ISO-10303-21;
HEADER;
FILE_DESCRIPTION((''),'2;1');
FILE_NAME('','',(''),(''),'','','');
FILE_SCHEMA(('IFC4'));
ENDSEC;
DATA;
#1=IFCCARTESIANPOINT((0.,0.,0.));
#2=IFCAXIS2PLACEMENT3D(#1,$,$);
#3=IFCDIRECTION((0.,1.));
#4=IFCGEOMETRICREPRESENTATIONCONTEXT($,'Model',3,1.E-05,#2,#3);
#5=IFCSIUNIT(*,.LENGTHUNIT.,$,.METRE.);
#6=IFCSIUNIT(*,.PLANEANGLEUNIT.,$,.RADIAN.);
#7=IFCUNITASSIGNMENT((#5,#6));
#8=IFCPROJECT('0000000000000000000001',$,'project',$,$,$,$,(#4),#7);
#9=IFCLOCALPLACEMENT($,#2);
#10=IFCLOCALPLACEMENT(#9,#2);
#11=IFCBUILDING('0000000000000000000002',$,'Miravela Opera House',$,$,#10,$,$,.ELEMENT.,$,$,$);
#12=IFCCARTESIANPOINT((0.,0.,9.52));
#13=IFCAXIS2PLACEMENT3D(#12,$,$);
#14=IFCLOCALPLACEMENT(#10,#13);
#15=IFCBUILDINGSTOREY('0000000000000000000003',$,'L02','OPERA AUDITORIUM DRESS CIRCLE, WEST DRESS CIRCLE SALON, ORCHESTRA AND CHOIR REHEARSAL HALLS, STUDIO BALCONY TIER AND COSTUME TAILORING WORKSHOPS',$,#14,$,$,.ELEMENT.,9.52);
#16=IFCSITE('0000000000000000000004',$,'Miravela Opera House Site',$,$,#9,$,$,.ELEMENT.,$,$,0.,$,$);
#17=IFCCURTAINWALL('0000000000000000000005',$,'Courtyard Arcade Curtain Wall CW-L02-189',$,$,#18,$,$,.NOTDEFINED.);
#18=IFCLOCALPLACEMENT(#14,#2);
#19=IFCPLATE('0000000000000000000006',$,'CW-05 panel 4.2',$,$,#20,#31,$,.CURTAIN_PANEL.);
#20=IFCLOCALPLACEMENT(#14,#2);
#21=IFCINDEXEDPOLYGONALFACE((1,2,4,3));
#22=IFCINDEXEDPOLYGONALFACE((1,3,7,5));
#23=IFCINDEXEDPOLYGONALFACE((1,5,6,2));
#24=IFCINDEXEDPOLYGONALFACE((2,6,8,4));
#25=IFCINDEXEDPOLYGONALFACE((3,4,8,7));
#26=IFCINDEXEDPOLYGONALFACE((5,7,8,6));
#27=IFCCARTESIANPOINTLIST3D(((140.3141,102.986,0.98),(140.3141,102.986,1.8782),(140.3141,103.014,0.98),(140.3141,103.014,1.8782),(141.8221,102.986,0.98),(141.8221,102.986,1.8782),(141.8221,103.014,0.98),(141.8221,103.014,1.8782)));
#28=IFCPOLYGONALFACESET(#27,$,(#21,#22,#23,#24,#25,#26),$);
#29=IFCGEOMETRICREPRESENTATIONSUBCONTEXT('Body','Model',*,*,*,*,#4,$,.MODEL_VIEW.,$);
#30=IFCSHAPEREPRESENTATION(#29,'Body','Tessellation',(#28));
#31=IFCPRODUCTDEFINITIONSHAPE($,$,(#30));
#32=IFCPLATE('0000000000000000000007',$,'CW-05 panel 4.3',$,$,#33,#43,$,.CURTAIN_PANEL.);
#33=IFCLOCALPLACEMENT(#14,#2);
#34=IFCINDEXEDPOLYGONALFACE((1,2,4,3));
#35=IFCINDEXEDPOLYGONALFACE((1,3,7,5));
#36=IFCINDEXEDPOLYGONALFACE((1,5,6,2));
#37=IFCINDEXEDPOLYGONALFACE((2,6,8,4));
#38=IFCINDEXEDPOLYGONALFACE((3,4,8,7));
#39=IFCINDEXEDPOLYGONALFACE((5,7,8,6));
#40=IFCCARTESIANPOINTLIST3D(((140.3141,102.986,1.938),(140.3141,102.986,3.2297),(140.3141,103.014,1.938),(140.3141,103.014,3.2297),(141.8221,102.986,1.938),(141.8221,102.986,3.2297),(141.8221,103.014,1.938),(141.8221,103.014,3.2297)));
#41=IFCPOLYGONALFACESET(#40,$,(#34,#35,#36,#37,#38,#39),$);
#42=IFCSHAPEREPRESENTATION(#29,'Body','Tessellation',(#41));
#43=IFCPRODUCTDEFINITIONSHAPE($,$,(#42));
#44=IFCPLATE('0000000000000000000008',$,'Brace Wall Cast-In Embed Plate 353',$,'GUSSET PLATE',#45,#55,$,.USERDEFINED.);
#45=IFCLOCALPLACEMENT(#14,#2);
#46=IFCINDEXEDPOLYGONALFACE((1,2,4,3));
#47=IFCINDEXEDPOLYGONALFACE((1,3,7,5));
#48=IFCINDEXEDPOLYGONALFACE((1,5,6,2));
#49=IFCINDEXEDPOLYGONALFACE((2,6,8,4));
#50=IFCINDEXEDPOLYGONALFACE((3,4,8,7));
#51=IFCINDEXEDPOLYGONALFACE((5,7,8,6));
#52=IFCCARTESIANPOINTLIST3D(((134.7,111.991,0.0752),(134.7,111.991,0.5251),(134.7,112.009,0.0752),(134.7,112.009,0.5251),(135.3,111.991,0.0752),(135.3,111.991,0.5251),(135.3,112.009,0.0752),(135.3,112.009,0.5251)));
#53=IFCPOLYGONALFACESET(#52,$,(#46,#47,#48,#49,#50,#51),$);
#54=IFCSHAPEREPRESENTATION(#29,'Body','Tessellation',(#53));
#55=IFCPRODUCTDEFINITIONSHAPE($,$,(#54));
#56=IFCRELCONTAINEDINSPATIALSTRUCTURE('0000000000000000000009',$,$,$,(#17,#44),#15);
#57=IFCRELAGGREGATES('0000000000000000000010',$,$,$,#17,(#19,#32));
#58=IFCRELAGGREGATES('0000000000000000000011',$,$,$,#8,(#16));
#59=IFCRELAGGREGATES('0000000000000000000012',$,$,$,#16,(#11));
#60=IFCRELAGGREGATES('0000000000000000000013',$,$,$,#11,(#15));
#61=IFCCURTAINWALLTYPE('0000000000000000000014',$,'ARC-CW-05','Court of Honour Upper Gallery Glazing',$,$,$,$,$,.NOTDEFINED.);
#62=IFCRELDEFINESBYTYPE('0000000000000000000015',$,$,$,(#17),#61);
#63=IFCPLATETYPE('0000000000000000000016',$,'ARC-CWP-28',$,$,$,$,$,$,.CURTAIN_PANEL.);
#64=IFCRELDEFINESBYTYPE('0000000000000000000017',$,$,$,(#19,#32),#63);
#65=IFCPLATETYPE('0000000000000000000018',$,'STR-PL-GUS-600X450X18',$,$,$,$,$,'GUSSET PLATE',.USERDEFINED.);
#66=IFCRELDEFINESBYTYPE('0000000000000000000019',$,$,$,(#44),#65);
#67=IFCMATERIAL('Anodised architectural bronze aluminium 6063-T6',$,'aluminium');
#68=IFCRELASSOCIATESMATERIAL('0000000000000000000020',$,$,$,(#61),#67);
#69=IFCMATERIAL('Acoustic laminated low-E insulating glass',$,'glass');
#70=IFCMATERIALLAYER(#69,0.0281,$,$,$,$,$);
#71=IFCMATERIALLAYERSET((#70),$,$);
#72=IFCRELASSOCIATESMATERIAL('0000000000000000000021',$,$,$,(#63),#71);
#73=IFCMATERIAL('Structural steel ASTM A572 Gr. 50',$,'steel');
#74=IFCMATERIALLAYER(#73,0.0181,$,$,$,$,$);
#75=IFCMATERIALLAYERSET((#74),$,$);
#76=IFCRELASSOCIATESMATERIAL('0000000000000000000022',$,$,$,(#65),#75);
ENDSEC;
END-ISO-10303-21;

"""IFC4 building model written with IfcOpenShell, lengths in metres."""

from ifc_helpers import new_model, si_unit, direction, frame, origin, origin_2d, place, context, subcontext, project, spatial, rectangle, extrude, material, layer, layer_set, type_object, element, aggregate, save


model = new_model("IFC4")

# Units and contexts
model_context = context("Model", 3, precision=1e-05, world=origin(), true_north=direction((0.0, 1.0)))
body_context = subcontext(model_context, "Body", "Model", "MODEL_VIEW")
ifc_project = project(units=[si_unit("LENGTHUNIT", "METRE"), si_unit("PLANEANGLEUNIT", "RADIAN")], contexts=[model_context])

# Site, building, storey
site_placement = place(None, origin())
site = spatial("IfcSite", under=ifc_project, at=site_placement, Name="Miravela Opera House Site", CompositionType="ELEMENT", RefElevation=0.0)
building_placement = place(site_placement, origin())
building = spatial("IfcBuilding", under=site, at=building_placement, Name="Miravela Opera House", CompositionType="ELEMENT")
storey_placement = place(building_placement, frame((0.0, 0.0, 9.52)))
storey = spatial("IfcBuildingStorey", under=building, at=storey_placement, Name="L02", Description="OPERA AUDITORIUM DRESS CIRCLE, WEST DRESS CIRCLE SALON, ORCHESTRA AND CHOIR REHEARSAL HALLS, STUDIO BALCONY TIER AND COSTUME TAILORING WORKSHOPS", CompositionType="ELEMENT", Elevation=9.52)

# Curtain wall
ifc_material_1 = material(Name="Anodised architectural bronze aluminium 6063-T6", Category="aluminium")
curtain_wall_type = type_object("IfcCurtainWallType", Name="ARC-CW-05", Description="Court of Honour Upper Gallery Glazing", PredefinedType="NOTDEFINED", material=ifc_material_1)
curtain_wall_placement = place(storey_placement, origin())
curtain_wall = element("IfcCurtainWall", 1, at=curtain_wall_placement, inside=storey, type_object=curtain_wall_type, Name="Courtyard Arcade Curtain Wall CW-L02-189", PredefinedType="NOTDEFINED")

# Plates
ifc_material_2 = material(Name="Acoustic laminated low-E insulating glass", Category="glass")
ifc_layer_1 = layer(ifc_material_2, 0.0281)
ifc_layer_set_1 = layer_set([ifc_layer_1])
plate_type_1 = type_object("IfcPlateType", Name="ARC-CWP-28", PredefinedType="CURTAIN_PANEL", material=ifc_layer_set_1)
plate_1_placement = place(storey_placement, frame((141.0681, 103.0, 0.98), z_axis=(0.0, 0.0, 1.0), x_axis=(1.0, 0.0, 0.0)))
plate_1 = element("IfcPlate", 2, at=plate_1_placement, type_object=plate_type_1, Name="CW-05 panel 4.2", PredefinedType="CURTAIN_PANEL", context=body_context, shape_type="SweptSolid", body=[
    extrude(rectangle(XDim=1.5081, YDim=0.0281, at=origin_2d()), origin(), (0.0, 0.0, 1.0), 0.8982),
])
plate_2_placement = place(storey_placement, frame((141.0681, 103.0, 1.938), z_axis=(0.0, 0.0, 1.0), x_axis=(1.0, 0.0, 0.0)))
plate_2 = element("IfcPlate", 3, at=plate_2_placement, type_object=plate_type_1, Name="CW-05 panel 4.3", PredefinedType="CURTAIN_PANEL", context=body_context, shape_type="SweptSolid", body=[
    extrude(rectangle(XDim=1.5081, YDim=0.0281, at=origin_2d()), origin(), (0.0, 0.0, 1.0), 1.2917),
])
aggregate(curtain_wall, [plate_1, plate_2])
ifc_material_3 = material(Name="Structural steel ASTM A572 Gr. 50", Category="steel")
ifc_layer_2 = layer(ifc_material_3, 0.0181)
ifc_layer_set_2 = layer_set([ifc_layer_2])
plate_type_2 = type_object("IfcPlateType", Name="STR-PL-GUS-600X450X18", ElementType="GUSSET PLATE", PredefinedType="USERDEFINED", material=ifc_layer_set_2)
plate_3_placement = place(storey_placement, frame((135.0, 112.0, 0.0752), z_axis=(0.0, 0.0, 1.0), x_axis=(1.0, 0.0, 0.0)))
element("IfcPlate", 4, at=plate_3_placement, inside=storey, type_object=plate_type_2, Name="Brace Wall Cast-In Embed Plate 353", ObjectType="GUSSET PLATE", PredefinedType="USERDEFINED", context=body_context, shape_type="SweptSolid", body=[
    extrude(rectangle(XDim=0.6001, YDim=0.0181, at=origin_2d()), origin(), (0.0, 0.0, 1.0), 0.45),
])

save(model, "model.ifc")
